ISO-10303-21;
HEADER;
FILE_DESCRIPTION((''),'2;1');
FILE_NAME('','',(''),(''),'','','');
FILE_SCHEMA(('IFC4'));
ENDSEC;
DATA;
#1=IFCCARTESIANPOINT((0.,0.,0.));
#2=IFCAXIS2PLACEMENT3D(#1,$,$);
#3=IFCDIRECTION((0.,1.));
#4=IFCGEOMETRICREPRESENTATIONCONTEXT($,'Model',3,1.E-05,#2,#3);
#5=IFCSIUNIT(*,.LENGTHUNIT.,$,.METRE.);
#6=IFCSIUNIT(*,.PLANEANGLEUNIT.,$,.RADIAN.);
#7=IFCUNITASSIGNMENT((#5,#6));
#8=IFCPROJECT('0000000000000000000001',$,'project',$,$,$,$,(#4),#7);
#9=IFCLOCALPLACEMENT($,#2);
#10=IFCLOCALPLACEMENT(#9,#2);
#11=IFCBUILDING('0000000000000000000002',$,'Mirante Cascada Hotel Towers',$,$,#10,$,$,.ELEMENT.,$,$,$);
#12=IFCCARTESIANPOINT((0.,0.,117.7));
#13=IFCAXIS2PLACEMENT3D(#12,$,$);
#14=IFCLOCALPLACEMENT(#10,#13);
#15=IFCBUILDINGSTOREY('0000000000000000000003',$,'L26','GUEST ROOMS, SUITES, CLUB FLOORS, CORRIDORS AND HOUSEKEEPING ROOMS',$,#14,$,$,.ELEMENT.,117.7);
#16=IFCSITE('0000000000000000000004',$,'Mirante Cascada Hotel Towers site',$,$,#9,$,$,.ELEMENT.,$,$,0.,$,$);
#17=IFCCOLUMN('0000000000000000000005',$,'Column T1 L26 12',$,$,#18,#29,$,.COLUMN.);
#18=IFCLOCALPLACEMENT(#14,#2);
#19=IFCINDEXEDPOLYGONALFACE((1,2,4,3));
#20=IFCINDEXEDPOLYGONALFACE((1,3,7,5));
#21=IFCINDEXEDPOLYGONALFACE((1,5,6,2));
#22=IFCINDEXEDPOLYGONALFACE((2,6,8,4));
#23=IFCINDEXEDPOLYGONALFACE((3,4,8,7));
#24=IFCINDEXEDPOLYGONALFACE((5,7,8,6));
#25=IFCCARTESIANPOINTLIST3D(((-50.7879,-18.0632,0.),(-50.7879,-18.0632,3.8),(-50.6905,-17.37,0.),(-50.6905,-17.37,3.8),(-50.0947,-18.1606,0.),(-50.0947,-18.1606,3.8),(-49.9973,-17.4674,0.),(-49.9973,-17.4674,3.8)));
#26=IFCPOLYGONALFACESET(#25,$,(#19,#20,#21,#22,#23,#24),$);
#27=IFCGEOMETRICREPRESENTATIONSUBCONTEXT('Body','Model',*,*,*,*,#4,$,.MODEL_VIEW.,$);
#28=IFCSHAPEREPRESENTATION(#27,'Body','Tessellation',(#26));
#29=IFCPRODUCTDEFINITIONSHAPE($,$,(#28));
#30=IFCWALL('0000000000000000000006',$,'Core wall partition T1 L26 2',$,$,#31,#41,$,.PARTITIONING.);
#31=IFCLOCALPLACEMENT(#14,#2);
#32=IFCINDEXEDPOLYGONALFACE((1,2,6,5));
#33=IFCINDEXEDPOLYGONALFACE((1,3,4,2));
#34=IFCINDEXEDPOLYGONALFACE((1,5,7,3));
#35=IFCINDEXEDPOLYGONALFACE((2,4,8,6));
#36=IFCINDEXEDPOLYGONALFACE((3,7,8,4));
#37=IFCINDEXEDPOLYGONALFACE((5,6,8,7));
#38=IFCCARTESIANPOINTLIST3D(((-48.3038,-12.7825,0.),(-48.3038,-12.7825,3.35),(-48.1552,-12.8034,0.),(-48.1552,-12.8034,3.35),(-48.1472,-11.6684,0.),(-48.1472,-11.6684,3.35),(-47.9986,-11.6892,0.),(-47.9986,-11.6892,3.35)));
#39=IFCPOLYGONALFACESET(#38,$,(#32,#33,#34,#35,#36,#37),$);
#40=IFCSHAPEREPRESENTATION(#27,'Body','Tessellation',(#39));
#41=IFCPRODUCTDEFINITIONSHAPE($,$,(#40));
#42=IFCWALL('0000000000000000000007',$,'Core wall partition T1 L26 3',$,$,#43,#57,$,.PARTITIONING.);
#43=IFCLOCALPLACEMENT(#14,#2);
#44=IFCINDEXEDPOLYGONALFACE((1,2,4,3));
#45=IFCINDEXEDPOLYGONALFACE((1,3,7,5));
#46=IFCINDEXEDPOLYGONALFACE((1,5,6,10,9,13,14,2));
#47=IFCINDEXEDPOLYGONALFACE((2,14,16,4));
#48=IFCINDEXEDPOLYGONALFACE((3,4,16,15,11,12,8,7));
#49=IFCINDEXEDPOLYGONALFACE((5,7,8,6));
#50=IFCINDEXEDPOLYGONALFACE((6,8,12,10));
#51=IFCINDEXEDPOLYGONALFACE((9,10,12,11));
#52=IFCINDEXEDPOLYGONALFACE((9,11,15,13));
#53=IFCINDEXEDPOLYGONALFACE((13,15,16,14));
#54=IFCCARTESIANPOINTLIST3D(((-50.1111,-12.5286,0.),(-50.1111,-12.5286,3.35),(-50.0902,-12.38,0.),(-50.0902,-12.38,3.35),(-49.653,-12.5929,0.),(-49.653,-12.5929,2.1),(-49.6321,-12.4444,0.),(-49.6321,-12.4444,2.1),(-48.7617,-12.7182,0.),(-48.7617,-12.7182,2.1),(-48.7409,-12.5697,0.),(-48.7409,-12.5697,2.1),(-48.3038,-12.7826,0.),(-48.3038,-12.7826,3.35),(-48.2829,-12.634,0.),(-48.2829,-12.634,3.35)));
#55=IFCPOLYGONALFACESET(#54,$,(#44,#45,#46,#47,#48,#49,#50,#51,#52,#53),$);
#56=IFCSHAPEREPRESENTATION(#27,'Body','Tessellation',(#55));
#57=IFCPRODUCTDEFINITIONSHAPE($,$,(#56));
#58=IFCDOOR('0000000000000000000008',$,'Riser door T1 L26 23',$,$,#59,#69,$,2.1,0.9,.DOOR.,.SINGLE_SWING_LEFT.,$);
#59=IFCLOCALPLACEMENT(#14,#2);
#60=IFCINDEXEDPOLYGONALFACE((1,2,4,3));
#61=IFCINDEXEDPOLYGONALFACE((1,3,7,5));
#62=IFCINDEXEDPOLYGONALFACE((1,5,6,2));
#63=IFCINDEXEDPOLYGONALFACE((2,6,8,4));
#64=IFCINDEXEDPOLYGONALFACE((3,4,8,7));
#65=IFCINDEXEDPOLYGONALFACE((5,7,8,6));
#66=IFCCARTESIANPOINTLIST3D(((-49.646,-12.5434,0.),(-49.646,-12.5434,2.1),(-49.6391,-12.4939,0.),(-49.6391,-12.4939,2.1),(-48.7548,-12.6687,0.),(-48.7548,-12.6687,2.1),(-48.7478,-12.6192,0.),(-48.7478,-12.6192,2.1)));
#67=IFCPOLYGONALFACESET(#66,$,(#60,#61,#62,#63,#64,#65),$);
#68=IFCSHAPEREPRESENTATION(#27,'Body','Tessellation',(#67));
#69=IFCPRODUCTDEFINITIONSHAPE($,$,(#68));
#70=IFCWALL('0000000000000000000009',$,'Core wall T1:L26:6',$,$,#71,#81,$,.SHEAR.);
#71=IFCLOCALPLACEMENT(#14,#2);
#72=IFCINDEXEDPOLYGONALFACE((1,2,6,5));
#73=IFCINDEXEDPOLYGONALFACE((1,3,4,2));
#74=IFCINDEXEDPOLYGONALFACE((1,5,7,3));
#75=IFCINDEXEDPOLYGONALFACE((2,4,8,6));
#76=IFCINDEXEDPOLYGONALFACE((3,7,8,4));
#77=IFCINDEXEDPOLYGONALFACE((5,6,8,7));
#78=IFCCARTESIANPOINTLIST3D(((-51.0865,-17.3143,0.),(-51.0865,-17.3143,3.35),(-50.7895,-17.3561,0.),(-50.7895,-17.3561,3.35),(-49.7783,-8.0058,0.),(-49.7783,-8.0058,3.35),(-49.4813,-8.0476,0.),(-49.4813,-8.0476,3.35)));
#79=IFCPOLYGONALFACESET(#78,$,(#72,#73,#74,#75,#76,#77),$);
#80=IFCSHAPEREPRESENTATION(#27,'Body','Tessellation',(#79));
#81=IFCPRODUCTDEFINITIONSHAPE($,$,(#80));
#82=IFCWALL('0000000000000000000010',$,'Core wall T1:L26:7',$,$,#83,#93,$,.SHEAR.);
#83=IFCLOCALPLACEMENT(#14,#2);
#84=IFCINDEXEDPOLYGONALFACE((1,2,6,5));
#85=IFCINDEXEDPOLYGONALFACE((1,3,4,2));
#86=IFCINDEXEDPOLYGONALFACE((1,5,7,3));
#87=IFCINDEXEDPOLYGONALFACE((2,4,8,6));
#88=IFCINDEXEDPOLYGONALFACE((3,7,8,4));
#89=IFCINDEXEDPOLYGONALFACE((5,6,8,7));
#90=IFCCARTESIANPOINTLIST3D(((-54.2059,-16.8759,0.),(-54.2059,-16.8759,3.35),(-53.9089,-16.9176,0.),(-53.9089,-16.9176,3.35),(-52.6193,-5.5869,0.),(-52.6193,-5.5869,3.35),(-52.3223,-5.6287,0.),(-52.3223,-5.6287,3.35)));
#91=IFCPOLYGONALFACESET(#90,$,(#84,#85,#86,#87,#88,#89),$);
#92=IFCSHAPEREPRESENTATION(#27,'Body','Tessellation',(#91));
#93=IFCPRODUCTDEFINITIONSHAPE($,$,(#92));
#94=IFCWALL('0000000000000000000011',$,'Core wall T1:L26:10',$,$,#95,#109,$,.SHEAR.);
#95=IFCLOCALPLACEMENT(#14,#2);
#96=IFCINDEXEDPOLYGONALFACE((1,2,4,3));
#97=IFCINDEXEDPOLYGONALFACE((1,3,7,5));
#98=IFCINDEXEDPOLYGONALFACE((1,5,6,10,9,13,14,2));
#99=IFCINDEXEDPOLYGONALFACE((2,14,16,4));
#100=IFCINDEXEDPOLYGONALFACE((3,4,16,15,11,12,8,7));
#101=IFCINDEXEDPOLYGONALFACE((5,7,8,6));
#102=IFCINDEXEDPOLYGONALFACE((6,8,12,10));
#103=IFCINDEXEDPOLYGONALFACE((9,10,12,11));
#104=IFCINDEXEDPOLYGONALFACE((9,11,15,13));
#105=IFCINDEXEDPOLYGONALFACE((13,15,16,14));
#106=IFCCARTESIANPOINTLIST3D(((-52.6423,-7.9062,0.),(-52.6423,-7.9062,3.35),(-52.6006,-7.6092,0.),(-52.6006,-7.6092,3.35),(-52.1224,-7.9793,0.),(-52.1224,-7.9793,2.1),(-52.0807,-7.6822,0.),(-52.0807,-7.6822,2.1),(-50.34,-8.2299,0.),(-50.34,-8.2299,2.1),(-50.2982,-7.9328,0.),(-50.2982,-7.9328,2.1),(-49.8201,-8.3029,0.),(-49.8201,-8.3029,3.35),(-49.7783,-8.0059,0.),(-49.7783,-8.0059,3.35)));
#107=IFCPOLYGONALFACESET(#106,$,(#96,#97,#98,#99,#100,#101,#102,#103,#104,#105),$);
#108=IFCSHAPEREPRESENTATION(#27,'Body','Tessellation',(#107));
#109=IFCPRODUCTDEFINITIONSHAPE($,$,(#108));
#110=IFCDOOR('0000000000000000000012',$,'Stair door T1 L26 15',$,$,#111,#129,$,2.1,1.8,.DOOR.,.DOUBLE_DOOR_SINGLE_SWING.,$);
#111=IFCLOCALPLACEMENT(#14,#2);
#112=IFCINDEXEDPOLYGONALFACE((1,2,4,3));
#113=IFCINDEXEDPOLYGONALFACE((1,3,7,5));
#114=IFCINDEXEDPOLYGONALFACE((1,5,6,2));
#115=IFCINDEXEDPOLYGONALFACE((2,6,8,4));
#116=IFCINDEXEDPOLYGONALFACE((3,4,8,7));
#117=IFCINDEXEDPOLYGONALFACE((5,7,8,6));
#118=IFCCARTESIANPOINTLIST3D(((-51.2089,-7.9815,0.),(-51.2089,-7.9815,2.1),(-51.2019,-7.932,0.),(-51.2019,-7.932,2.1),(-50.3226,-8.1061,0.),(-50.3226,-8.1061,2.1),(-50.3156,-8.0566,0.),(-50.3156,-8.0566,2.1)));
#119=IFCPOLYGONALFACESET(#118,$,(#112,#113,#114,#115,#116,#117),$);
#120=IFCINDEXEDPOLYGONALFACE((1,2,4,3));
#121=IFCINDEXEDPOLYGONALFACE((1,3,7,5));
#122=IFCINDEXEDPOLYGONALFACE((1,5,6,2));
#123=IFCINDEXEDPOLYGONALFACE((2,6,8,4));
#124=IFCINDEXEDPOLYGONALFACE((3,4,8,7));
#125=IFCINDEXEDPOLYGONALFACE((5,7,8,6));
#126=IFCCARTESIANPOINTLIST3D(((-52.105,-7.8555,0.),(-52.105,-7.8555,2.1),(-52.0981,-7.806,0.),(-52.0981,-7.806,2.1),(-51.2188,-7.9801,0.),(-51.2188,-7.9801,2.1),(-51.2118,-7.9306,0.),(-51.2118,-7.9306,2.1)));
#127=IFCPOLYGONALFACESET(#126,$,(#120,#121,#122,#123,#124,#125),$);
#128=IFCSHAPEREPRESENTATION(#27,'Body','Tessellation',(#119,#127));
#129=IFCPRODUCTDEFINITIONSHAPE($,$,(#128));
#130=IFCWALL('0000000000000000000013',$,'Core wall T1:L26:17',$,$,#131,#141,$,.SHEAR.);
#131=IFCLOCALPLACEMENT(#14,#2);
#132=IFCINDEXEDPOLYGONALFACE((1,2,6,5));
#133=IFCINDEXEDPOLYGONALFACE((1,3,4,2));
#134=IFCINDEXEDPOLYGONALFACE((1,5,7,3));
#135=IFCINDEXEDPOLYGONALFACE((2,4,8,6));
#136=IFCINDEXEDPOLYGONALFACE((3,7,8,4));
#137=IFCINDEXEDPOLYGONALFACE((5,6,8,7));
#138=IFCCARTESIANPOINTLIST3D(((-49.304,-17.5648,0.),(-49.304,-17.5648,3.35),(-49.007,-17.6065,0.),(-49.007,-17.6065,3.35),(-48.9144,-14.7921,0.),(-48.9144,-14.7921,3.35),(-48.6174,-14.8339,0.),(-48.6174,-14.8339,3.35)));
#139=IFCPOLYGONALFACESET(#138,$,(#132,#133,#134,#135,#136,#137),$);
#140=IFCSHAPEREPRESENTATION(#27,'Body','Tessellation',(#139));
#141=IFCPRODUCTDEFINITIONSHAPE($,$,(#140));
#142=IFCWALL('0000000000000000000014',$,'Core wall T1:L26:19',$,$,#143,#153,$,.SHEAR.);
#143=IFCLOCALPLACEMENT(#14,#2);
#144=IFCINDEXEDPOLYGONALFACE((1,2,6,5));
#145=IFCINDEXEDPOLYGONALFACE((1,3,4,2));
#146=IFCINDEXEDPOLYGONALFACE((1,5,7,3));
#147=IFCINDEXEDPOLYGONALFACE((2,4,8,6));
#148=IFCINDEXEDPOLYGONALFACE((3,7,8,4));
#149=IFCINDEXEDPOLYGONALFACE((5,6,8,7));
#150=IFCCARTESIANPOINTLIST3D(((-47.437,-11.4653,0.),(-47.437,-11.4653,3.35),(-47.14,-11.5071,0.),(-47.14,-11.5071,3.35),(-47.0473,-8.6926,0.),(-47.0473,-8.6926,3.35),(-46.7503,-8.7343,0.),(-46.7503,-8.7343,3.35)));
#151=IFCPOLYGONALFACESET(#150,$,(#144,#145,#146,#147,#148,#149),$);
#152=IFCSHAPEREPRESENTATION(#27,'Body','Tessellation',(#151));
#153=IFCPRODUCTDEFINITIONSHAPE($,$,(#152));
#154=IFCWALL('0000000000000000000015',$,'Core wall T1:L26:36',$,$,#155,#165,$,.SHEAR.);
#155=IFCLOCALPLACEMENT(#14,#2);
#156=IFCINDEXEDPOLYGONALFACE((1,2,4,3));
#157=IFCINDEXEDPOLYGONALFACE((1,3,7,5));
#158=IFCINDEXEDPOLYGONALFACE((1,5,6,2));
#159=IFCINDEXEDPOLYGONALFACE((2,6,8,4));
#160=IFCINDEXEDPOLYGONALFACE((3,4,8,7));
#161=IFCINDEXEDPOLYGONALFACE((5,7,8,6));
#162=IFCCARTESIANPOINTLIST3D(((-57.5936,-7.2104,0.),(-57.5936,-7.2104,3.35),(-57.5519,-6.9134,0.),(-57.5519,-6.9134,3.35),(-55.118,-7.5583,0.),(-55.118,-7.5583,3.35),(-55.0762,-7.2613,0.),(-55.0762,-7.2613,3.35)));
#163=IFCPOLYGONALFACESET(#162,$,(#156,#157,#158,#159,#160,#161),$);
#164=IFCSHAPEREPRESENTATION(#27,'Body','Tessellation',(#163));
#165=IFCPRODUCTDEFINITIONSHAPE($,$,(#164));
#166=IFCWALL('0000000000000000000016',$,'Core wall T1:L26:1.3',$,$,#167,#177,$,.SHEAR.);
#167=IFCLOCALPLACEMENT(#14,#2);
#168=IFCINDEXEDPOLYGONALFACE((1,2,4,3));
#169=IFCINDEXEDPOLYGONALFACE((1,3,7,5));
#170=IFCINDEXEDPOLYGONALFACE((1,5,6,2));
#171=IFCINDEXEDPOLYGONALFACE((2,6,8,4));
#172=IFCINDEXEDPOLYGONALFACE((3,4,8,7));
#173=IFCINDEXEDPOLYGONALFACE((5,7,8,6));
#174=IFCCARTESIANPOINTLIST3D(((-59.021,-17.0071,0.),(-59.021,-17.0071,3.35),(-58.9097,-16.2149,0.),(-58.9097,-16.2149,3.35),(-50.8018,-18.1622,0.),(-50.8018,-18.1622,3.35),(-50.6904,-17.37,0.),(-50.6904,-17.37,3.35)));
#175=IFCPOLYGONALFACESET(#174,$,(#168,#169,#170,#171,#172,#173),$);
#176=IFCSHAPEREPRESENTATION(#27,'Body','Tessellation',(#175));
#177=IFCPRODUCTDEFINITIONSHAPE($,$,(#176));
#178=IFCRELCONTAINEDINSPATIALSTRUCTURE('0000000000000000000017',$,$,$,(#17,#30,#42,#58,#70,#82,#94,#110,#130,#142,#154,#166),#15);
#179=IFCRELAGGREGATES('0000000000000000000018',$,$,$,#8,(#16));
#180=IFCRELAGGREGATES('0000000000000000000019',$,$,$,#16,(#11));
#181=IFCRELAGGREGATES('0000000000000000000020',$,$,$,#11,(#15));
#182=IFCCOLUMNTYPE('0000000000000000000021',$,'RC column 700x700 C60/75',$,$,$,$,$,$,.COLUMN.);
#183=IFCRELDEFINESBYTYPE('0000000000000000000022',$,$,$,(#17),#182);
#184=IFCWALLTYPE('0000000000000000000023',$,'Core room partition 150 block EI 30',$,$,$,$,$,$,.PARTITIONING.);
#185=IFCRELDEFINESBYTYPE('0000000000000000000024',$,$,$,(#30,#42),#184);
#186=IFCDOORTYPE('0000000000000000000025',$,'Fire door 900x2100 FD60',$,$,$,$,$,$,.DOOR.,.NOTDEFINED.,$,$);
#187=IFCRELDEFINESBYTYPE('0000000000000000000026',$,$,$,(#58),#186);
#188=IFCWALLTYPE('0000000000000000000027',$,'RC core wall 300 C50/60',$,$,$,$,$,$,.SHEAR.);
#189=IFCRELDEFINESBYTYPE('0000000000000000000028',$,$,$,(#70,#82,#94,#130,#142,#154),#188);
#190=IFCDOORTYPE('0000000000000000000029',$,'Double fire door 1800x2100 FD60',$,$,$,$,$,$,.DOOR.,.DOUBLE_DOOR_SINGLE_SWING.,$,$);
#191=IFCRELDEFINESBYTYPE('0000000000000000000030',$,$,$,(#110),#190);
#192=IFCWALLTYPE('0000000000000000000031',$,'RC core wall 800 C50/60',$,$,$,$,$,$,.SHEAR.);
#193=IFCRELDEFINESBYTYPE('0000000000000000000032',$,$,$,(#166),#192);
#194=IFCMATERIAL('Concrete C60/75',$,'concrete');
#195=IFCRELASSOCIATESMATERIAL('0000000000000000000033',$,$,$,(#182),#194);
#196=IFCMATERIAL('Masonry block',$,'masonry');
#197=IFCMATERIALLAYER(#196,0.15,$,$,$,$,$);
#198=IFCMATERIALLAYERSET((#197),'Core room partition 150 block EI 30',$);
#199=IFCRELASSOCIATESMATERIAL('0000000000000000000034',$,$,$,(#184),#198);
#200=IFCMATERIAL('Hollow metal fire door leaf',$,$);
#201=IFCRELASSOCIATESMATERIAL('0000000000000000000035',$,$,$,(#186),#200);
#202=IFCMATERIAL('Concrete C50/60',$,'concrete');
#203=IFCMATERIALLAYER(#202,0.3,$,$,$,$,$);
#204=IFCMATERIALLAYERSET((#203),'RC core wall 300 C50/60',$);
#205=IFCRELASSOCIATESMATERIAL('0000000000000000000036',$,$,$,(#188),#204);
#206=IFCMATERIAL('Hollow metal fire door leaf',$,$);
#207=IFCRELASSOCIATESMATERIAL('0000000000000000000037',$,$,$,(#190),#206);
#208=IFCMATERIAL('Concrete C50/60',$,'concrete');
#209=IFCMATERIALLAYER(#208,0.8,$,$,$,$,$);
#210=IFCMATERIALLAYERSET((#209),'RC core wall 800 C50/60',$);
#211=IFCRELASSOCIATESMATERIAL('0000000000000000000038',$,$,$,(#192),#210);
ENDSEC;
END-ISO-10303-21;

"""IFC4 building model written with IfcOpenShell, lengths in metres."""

from ifc_helpers import new_model, si_unit, direction, frame, frame_2d, origin, origin_2d, place, context, subcontext, project, spatial, rectangle, extrude, material, layer, layer_set, material_profile, profile_set, type_object, element, fill, save


model = new_model("IFC4")

# Units and contexts
model_context = context("Model", 3, precision=1e-05, world=origin(), true_north=direction((0.0, 1.0)))
body_context = subcontext(model_context, "Body", "Model", "MODEL_VIEW")
ifc_project = project(units=[si_unit("LENGTHUNIT", "METRE"), si_unit("PLANEANGLEUNIT", "RADIAN")], contexts=[model_context])

# Site, building, storey
site_placement = place(None, origin())
site = spatial("IfcSite", under=ifc_project, at=site_placement, Name="Mirante Cascada Hotel Towers site", CompositionType="ELEMENT", RefElevation=0.0)
building_placement = place(site_placement, origin())
building = spatial("IfcBuilding", under=site, at=building_placement, Name="Mirante Cascada Hotel Towers", CompositionType="ELEMENT")
storey_placement = place(building_placement, frame((0.0, 0.0, 117.7)))
storey = spatial("IfcBuildingStorey", under=building, at=storey_placement, Name="L26", Description="GUEST ROOMS, SUITES, CLUB FLOORS, CORRIDORS AND HOUSEKEEPING ROOMS", CompositionType="ELEMENT", Elevation=117.7)

# Column
ifc_material_1 = material(Name="Concrete C60/75", Category="concrete")
ifc_material_profile = material_profile(ifc_material_1, rectangle(XDim=0.7, YDim=0.7, at=origin_2d()), Name="RC column 700x700 C60/75")
ifc_profile_set = profile_set([ifc_material_profile], Name="Concrete C60/75")
column_type = type_object("IfcColumnType", Name="RC column 700x700 C60/75", PredefinedType="COLUMN", material=ifc_profile_set)
column_placement = place(storey_placement, frame((-50.3926, -17.7653, 0.0), z_axis=(0.0, 0.0, 1.0), x_axis=(-0.990268, 0.139173, 0.0)))
element("IfcColumn", 1, at=column_placement, inside=storey, type_object=column_type, Name="Column T1 L26 12", PredefinedType="COLUMN", context=body_context, shape_type="SweptSolid", body=[
    extrude(rectangle(XDim=0.7, YDim=0.7, at=origin_2d()), origin(), (0.0, 0.0, 1.0), 3.8),
])

# Wall
ifc_material_2 = material(Name="Masonry block", Category="masonry")
ifc_layer_1 = layer(ifc_material_2, 0.15)
ifc_layer_set_1 = layer_set([ifc_layer_1], Name="Core room partition 150 block EI 30")
wall_type_1 = type_object("IfcWallType", Name="Core room partition 150 block EI 30", PredefinedType="PARTITIONING", material=ifc_layer_set_1)
wall_1_placement = place(storey_placement, frame((-48.2295, -12.793, 0.0), z_axis=(0.0, 0.0, 1.0), x_axis=(0.139193, 0.990265, 0.0)))
element("IfcWall", 2, at=wall_1_placement, inside=storey, type_object=wall_type_1, Name="Core wall partition T1 L26 2", PredefinedType="PARTITIONING", context=body_context, shape_type="SweptSolid", body=[
    extrude(rectangle(XDim=1.1251, YDim=0.15, at=frame_2d((0.5626, 0.0))), origin(), (0.0, 0.0, 1.0), 3.35),
])

# Wall, opening, door
wall_2_placement = place(storey_placement, frame((-48.2933, -12.7083, 0.0), z_axis=(0.0, 0.0, 1.0), x_axis=(-0.990268, 0.139173, 0.0)))
wall_2 = element("IfcWall", 3, at=wall_2_placement, inside=storey, type_object=wall_type_1, Name="Core wall partition T1 L26 3", PredefinedType="PARTITIONING", context=body_context, shape_type="SweptSolid", body=[
    extrude(rectangle(XDim=1.8251, YDim=0.15, at=frame_2d((0.9126, 0.0))), origin(), (0.0, 0.0, 1.0), 3.35),
])
opening_1_placement = place(wall_2_placement, frame((0.4625, 0.0, 0.0)))
opening_1 = element("IfcOpeningElement", 4, at=opening_1_placement, cuts=wall_2, PredefinedType="OPENING", context=body_context, shape_type="SweptSolid", body=[
    extrude(rectangle(XDim=0.9, YDim=2.1, at=frame_2d((0.45, 1.05))), frame((0.0, 0.075, 0.0), z_axis=(0.0, -1.0, 0.0), x_axis=(1.0, 0.0, 0.0)), (0.0, 0.0, 1.0), 0.15),
])
ifc_material_3 = material(Name="Hollow metal fire door leaf")
door_type_1 = type_object("IfcDoorType", Name="Fire door 900x2100 FD60", OperationType="NOTDEFINED", PredefinedType="DOOR", material=ifc_material_3)
door_1_placement = place(opening_1_placement, origin())
door_1 = element("IfcDoor", 5, at=door_1_placement, inside=storey, type_object=door_type_1, Name="Riser door T1 L26 23", OperationType="SINGLE_SWING_LEFT", OverallHeight=2.1, OverallWidth=0.9, PredefinedType="DOOR", context=body_context, shape_type="SweptSolid", body=[
    extrude(rectangle(XDim=0.9, YDim=2.1, at=frame_2d((0.45, 1.05))), frame((0.0, 0.025, 0.0), z_axis=(0.0, -1.0, 0.0), x_axis=(1.0, 0.0, 0.0)), (0.0, 0.0, 1.0), 0.05),
])
fill(opening_1, door_1)

# Walls
ifc_material_4 = material(Name="Concrete C50/60", Category="concrete")
ifc_layer_2 = layer(ifc_material_4, 0.3)
ifc_layer_set_2 = layer_set([ifc_layer_2], Name="RC core wall 300 C50/60")
wall_type_2 = type_object("IfcWallType", Name="RC core wall 300 C50/60", PredefinedType="SHEAR", material=ifc_layer_set_2)
wall_3_placement = place(storey_placement, frame((-50.938, -17.3352, 0.0), z_axis=(0.0, 0.0, 1.0), x_axis=(0.139171, 0.990268, 0.0)))
element("IfcWall", 6, at=wall_3_placement, inside=storey, type_object=wall_type_2, Name="Core wall T1:L26:6", PredefinedType="SHEAR", context=body_context, shape_type="SweptSolid", body=[
    extrude(rectangle(XDim=9.4, YDim=0.3, at=frame_2d((4.7, 0.0))), origin(), (0.0, 0.0, 1.0), 3.35),
])
wall_4_placement = place(storey_placement, frame((-54.0574, -16.8968, 0.0), z_axis=(0.0, 0.0, 1.0), x_axis=(0.139176, 0.990268, 0.0)))
element("IfcWall", 7, at=wall_4_placement, inside=storey, type_object=wall_type_2, Name="Core wall T1:L26:7", PredefinedType="SHEAR", context=body_context, shape_type="SweptSolid", body=[
    extrude(rectangle(XDim=11.3999, YDim=0.3, at=frame_2d((5.7, 0.0))), origin(), (0.0, 0.0, 1.0), 3.35),
])

# Wall, opening, door
wall_5_placement = place(storey_placement, frame((-49.7992, -8.1544, 0.0), z_axis=(0.0, 0.0, 1.0), x_axis=(-0.990266, 0.139191, 0.0)))
wall_5 = element("IfcWall", 8, at=wall_5_placement, inside=storey, type_object=wall_type_2, Name="Core wall T1:L26:10", PredefinedType="SHEAR", context=body_context, shape_type="SweptSolid", body=[
    extrude(rectangle(XDim=2.85, YDim=0.3, at=frame_2d((1.425, 0.0))), origin(), (0.0, 0.0, 1.0), 3.35),
])
opening_2_placement = place(wall_5_placement, frame((0.525, 0.0, 0.0)))
opening_2 = element("IfcOpeningElement", 9, at=opening_2_placement, cuts=wall_5, PredefinedType="OPENING", context=body_context, shape_type="SweptSolid", body=[
    extrude(rectangle(XDim=1.8, YDim=2.1, at=frame_2d((0.9, 1.05))), frame((0.0, 0.15, 0.0), z_axis=(0.0, -1.0, 0.0), x_axis=(1.0, 0.0, 0.0)), (0.0, 0.0, 1.0), 0.3),
])
ifc_material_5 = material(Name="Hollow metal fire door leaf")
door_type_2 = type_object("IfcDoorType", Name="Double fire door 1800x2100 FD60", OperationType="DOUBLE_DOOR_SINGLE_SWING", PredefinedType="DOOR", material=ifc_material_5)
door_2_placement = place(opening_2_placement, origin())
door_2 = element("IfcDoor", 10, at=door_2_placement, inside=storey, type_object=door_type_2, Name="Stair door T1 L26 15", OperationType="DOUBLE_DOOR_SINGLE_SWING", OverallHeight=2.1, OverallWidth=1.8, PredefinedType="DOOR", context=body_context, shape_type="SweptSolid", body=[
    extrude(rectangle(XDim=0.895, YDim=2.1, at=frame_2d((0.4475, 1.05))), frame((0.0, 0.025, 0.0), z_axis=(0.0, -1.0, 0.0), x_axis=(1.0, 0.0, 0.0)), (0.0, 0.0, 1.0), 0.05),
    extrude(rectangle(XDim=0.895, YDim=2.1, at=frame_2d((1.3525, 1.05))), frame((0.0, 0.025, 0.0), z_axis=(0.0, -1.0, 0.0), x_axis=(1.0, 0.0, 0.0)), (0.0, 0.0, 1.0), 0.05),
])
fill(opening_2, door_2)

# Walls
wall_6_placement = place(storey_placement, frame((-49.1555, -17.5857, 0.0), z_axis=(0.0, 0.0, 1.0), x_axis=(0.139146, 0.990272, 0.0)))
element("IfcWall", 11, at=wall_6_placement, inside=storey, type_object=wall_type_2, Name="Core wall T1:L26:17", PredefinedType="SHEAR", context=body_context, shape_type="SweptSolid", body=[
    extrude(rectangle(XDim=2.7999, YDim=0.3, at=frame_2d((1.4, 0.0))), origin(), (0.0, 0.0, 1.0), 3.35),
])
wall_7_placement = place(storey_placement, frame((-47.2885, -11.4862, 0.0), z_axis=(0.0, 0.0, 1.0), x_axis=(0.139181, 0.990267, 0.0)))
element("IfcWall", 12, at=wall_7_placement, inside=storey, type_object=wall_type_2, Name="Core wall T1:L26:19", PredefinedType="SHEAR", context=body_context, shape_type="SweptSolid", body=[
    extrude(rectangle(XDim=2.8, YDim=0.3, at=frame_2d((1.4, 0.0))), origin(), (0.0, 0.0, 1.0), 3.35),
])

# Walls
wall_8_placement = place(storey_placement, frame((-55.0971, -7.4098, 0.0), z_axis=(0.0, 0.0, 1.0), x_axis=(-0.99027, 0.139159, 0.0)))
element("IfcWall", 13, at=wall_8_placement, inside=storey, type_object=wall_type_2, Name="Core wall T1:L26:36", PredefinedType="SHEAR", context=body_context, shape_type="SweptSolid", body=[
    extrude(rectangle(XDim=2.5, YDim=0.3, at=frame_2d((1.25, 0.0))), origin(), (0.0, 0.0, 1.0), 3.35),
])
ifc_material_6 = material(Name="Concrete C50/60", Category="concrete")
ifc_layer_3 = layer(ifc_material_6, 0.8)
ifc_layer_set_3 = layer_set([ifc_layer_3], Name="RC core wall 800 C50/60")
wall_type_3 = type_object("IfcWallType", Name="RC core wall 800 C50/60", PredefinedType="SHEAR", material=ifc_layer_set_3)
wall_9_placement = place(storey_placement, frame((-50.7461, -17.7661, 0.0), z_axis=(0.0, 0.0, 1.0), x_axis=(-0.990269, 0.139169, 0.0)))
element("IfcWall", 14, at=wall_9_placement, inside=storey, type_object=wall_type_3, Name="Core wall T1:L26:1.3", PredefinedType="SHEAR", context=body_context, shape_type="SweptSolid", body=[
    extrude(rectangle(XDim=8.3, YDim=0.8, at=frame_2d((4.15, 0.0))), origin(), (0.0, 0.0, 1.0), 3.35),
])

save(model, "model.ifc")
